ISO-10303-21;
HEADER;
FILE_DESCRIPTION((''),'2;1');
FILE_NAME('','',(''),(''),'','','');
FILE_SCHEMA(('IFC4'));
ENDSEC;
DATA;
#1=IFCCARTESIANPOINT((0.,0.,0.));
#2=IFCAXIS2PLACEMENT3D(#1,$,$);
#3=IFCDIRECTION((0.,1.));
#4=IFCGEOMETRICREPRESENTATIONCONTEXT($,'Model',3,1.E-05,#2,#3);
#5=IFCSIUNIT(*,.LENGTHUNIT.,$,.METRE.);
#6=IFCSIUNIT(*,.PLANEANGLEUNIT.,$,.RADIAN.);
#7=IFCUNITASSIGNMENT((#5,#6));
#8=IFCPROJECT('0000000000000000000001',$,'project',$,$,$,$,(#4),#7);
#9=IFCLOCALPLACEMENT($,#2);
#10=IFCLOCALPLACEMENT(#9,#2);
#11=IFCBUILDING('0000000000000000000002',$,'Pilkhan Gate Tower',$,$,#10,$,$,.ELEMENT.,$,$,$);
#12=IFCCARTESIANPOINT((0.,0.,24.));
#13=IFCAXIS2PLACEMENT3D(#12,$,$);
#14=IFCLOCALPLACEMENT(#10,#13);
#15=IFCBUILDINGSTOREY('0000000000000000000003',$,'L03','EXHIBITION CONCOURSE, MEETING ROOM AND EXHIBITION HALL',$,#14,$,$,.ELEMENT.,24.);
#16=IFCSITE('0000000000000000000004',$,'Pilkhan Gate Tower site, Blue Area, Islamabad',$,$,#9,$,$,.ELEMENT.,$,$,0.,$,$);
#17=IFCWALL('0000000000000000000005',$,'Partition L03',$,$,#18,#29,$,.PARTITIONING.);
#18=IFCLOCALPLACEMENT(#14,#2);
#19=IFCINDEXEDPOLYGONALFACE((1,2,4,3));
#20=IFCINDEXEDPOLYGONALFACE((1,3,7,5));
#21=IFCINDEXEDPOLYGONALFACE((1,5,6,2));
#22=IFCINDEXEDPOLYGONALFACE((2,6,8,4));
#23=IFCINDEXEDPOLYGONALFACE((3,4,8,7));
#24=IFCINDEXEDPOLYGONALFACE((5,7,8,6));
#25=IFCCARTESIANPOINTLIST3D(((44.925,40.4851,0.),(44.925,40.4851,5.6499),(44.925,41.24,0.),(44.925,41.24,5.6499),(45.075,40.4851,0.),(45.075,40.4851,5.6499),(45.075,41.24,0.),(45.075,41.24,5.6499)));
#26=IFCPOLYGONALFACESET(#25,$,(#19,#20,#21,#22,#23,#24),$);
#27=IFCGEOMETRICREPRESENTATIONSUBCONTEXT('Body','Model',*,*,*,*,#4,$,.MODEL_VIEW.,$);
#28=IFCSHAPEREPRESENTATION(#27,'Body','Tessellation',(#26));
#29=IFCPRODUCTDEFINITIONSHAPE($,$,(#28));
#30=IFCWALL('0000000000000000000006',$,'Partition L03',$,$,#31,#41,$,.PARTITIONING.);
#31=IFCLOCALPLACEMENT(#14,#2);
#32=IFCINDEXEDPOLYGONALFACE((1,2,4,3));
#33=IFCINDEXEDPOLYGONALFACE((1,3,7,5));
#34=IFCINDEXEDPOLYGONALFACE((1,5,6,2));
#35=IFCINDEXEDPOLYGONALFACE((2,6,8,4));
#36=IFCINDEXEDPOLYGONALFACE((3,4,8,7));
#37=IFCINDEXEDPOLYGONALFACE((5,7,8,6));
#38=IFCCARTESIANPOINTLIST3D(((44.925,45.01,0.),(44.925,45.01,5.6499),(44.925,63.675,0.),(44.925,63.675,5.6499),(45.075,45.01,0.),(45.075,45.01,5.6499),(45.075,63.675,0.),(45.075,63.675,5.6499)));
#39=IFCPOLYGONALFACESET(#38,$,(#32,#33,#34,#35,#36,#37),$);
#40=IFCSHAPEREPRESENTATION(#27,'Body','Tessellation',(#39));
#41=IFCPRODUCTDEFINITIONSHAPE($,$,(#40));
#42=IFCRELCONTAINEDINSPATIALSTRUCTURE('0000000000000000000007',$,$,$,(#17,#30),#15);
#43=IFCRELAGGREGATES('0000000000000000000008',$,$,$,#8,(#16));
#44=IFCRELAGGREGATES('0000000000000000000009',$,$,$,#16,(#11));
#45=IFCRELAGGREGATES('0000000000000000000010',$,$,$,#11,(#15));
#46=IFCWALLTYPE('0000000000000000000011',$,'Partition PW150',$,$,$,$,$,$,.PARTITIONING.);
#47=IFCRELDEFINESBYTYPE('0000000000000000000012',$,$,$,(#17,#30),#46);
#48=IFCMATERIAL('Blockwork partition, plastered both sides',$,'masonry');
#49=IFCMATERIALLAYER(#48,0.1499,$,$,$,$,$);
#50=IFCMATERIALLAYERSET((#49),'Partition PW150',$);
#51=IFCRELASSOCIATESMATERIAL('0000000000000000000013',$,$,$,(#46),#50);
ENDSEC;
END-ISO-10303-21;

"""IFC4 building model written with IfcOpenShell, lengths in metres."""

from ifc_helpers import new_model, si_unit, direction, frame, frame_2d, origin, place, context, subcontext, project, spatial, rectangle, extrude, material, layer, layer_set, type_object, element, save


model = new_model("IFC4")

# Units and contexts
model_context = context("Model", 3, precision=1e-05, world=origin(), true_north=direction((0.0, 1.0)))
body_context = subcontext(model_context, "Body", "Model", "MODEL_VIEW")
ifc_project = project(units=[si_unit("LENGTHUNIT", "METRE"), si_unit("PLANEANGLEUNIT", "RADIAN")], contexts=[model_context])

# Site, building, storey
site_placement = place(None, origin())
site = spatial("IfcSite", under=ifc_project, at=site_placement, Name="Pilkhan Gate Tower site, Blue Area, Islamabad", CompositionType="ELEMENT", RefElevation=0.0)
building_placement = place(site_placement, origin())
building = spatial("IfcBuilding", under=site, at=building_placement, Name="Pilkhan Gate Tower", CompositionType="ELEMENT")
storey_placement = place(building_placement, frame((0.0, 0.0, 24.0)))
storey = spatial("IfcBuildingStorey", under=building, at=storey_placement, Name="L03", Description="EXHIBITION CONCOURSE, MEETING ROOM AND EXHIBITION HALL", CompositionType="ELEMENT", Elevation=24.0)

# Walls
ifc_material_1 = material(Name="Blockwork partition, plastered both sides", Category="masonry")
ifc_layer_1 = layer(ifc_material_1, 0.1499)
ifc_layer_set_1 = layer_set([ifc_layer_1], Name="Partition PW150")
wall_type_1 = type_object("IfcWallType", Name="Partition PW150", PredefinedType="PARTITIONING", material=ifc_layer_set_1)
wall_1_placement = place(storey_placement, frame((45.0, 40.4851, 0.0), z_axis=(0.0, 0.0, 1.0), x_axis=(0.0, 1.0, 0.0)))
element("IfcWall", 1, at=wall_1_placement, inside=storey, type_object=wall_type_1, Name="Partition L03", PredefinedType="PARTITIONING", context=body_context, shape_type="SweptSolid", body=[
    extrude(rectangle(XDim=0.7549, YDim=0.1499, at=frame_2d((0.3774, 0.0))), origin(), (0.0, 0.0, 1.0), 5.6499),
])
wall_2_placement = place(storey_placement, frame((45.0, 45.01, 0.0), z_axis=(0.0, 0.0, 1.0), x_axis=(0.0, 1.0, 0.0)))
element("IfcWall", 2, at=wall_2_placement, inside=storey, type_object=wall_type_1, Name="Partition L03", PredefinedType="PARTITIONING", context=body_context, shape_type="SweptSolid", body=[
    extrude(rectangle(XDim=18.665, YDim=0.1499, at=frame_2d((9.3325, 0.0))), origin(), (0.0, 0.0, 1.0), 5.6499),
])

save(model, "model.ifc")
